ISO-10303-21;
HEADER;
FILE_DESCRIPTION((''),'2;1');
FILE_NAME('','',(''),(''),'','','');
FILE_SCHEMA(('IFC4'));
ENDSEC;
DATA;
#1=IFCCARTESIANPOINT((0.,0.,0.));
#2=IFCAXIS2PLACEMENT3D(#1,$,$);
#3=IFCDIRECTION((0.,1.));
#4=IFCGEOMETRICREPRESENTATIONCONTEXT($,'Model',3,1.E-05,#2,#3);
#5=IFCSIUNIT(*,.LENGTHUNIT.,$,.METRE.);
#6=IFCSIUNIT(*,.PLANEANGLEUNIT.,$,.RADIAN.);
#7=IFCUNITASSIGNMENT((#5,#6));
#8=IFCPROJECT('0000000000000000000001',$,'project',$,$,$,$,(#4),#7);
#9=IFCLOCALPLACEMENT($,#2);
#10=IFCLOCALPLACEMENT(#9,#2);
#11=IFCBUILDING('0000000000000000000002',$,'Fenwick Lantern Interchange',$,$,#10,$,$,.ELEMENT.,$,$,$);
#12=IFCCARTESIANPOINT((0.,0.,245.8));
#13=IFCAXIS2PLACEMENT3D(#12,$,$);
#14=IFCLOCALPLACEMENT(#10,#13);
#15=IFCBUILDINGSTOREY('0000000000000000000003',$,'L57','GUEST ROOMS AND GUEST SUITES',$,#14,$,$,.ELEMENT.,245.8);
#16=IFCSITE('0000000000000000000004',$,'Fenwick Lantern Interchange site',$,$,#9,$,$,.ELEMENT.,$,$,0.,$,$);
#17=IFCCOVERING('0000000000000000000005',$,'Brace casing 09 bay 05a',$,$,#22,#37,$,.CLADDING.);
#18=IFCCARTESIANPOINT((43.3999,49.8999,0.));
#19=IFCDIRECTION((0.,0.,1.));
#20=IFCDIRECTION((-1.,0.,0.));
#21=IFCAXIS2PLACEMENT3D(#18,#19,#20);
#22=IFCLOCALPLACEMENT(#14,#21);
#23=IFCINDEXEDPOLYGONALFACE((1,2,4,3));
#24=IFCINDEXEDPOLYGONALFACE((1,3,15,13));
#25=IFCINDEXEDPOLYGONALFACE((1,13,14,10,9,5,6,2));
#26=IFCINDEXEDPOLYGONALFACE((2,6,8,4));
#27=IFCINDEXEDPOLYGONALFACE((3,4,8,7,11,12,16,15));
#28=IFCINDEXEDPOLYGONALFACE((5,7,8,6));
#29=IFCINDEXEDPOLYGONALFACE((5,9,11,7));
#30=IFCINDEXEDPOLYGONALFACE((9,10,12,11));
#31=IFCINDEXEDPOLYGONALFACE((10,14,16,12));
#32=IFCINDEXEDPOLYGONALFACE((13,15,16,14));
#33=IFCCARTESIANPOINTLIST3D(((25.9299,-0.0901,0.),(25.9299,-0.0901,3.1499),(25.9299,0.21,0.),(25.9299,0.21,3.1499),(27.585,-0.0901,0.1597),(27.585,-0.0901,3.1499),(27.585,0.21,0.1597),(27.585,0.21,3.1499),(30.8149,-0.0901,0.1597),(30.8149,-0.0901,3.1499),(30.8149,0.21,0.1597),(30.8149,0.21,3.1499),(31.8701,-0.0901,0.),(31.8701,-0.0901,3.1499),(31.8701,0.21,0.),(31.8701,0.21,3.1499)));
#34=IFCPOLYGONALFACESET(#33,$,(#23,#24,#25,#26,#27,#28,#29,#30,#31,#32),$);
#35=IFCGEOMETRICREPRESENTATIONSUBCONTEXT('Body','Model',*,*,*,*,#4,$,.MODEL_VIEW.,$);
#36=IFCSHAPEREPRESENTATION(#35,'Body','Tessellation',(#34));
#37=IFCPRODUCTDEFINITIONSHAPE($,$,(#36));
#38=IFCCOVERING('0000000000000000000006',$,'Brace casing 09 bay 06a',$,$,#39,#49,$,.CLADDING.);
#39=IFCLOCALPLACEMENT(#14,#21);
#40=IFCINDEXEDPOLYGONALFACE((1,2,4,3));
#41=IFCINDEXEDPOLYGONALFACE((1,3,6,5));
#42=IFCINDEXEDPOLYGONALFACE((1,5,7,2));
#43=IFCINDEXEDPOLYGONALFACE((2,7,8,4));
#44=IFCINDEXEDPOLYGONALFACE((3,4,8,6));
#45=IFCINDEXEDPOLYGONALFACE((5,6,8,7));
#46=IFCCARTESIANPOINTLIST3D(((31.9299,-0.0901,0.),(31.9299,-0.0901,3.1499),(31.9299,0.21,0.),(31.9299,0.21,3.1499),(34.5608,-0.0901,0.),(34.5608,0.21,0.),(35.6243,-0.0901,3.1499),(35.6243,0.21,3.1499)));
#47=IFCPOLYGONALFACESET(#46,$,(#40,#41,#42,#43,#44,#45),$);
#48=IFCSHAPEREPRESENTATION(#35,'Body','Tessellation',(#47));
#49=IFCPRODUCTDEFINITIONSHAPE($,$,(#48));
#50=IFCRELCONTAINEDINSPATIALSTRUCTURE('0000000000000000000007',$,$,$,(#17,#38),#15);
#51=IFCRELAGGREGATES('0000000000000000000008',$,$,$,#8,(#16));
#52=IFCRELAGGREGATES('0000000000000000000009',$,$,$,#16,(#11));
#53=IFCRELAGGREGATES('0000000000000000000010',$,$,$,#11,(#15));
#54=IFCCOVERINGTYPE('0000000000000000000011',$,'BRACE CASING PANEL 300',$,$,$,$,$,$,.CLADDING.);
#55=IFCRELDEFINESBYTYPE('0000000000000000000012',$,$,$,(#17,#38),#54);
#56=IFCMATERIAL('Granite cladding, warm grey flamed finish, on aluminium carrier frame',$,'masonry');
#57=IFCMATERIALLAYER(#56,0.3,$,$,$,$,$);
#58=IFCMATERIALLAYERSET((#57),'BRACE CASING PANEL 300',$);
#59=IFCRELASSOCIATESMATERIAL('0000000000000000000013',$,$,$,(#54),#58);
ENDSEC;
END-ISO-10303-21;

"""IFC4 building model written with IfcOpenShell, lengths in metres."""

from ifc_helpers import new_model, si_unit, direction, frame, origin, place, context, subcontext, project, spatial, polyline, outline, extrude, material, layer, layer_set, type_object, element, save


model = new_model("IFC4")

# Units and contexts
model_context = context("Model", 3, precision=1e-05, world=origin(), true_north=direction((0.0, 1.0)))
body_context = subcontext(model_context, "Body", "Model", "MODEL_VIEW")
ifc_project = project(units=[si_unit("LENGTHUNIT", "METRE"), si_unit("PLANEANGLEUNIT", "RADIAN")], contexts=[model_context])

# Site, building, storey
site_placement = place(None, origin())
site = spatial("IfcSite", under=ifc_project, at=site_placement, Name="Fenwick Lantern Interchange site", CompositionType="ELEMENT", RefElevation=0.0)
building_placement = place(site_placement, origin())
building = spatial("IfcBuilding", under=site, at=building_placement, Name="Fenwick Lantern Interchange", CompositionType="ELEMENT")
storey_placement = place(building_placement, frame((0.0, 0.0, 245.8)))
storey = spatial("IfcBuildingStorey", under=building, at=storey_placement, Name="L57", Description="GUEST ROOMS AND GUEST SUITES", CompositionType="ELEMENT", Elevation=245.8)

# Coverings
ifc_material_1 = material(Name="Granite cladding, warm grey flamed finish, on aluminium carrier frame", Category="masonry")
ifc_layer_1 = layer(ifc_material_1, 0.3)
ifc_layer_set_1 = layer_set([ifc_layer_1], Name="BRACE CASING PANEL 300")
covering_type = type_object("IfcCoveringType", Name="BRACE CASING PANEL 300", PredefinedType="CLADDING", material=ifc_layer_set_1)
covering_1_placement = place(storey_placement, frame((43.3999, 49.8999, 0.0), z_axis=(0.0, 0.0, 1.0), x_axis=(-1.0, 0.0, 0.0)))
element("IfcCovering", 1, at=covering_1_placement, inside=storey, type_object=covering_type, Name="Brace casing 09 bay 05a", PredefinedType="CLADDING", context=body_context, shape_type="SweptSolid", body=[
    extrude(outline(polyline([(25.9299, 0.0), (31.8701, 0.0), (31.8701, 3.1499), (30.8149, 3.1499), (30.8149, 0.1597), (27.585, 0.1597), (27.585, 3.1499), (25.9299, 3.1499), (25.9299, 0.0)])), frame((0.0, 0.21, 0.0), z_axis=(0.0, -1.0, 0.0), x_axis=(1.0, 0.0, 0.0)), (0.0, 0.0, 1.0), 0.3),
])
covering_2_placement = place(storey_placement, frame((43.3999, 49.8999, 0.0), z_axis=(0.0, 0.0, 1.0), x_axis=(-1.0, 0.0, 0.0)))
element("IfcCovering", 2, at=covering_2_placement, inside=storey, type_object=covering_type, Name="Brace casing 09 bay 06a", PredefinedType="CLADDING", context=body_context, shape_type="SweptSolid", body=[
    extrude(outline(polyline([(31.9299, 0.0), (34.5608, 0.0), (35.6243, 3.1499), (31.9299, 3.1499), (31.9299, 0.0)])), frame((0.0, 0.21, 0.0), z_axis=(0.0, -1.0, 0.0), x_axis=(1.0, 0.0, 0.0)), (0.0, 0.0, 1.0), 0.3),
])

save(model, "model.ifc")
